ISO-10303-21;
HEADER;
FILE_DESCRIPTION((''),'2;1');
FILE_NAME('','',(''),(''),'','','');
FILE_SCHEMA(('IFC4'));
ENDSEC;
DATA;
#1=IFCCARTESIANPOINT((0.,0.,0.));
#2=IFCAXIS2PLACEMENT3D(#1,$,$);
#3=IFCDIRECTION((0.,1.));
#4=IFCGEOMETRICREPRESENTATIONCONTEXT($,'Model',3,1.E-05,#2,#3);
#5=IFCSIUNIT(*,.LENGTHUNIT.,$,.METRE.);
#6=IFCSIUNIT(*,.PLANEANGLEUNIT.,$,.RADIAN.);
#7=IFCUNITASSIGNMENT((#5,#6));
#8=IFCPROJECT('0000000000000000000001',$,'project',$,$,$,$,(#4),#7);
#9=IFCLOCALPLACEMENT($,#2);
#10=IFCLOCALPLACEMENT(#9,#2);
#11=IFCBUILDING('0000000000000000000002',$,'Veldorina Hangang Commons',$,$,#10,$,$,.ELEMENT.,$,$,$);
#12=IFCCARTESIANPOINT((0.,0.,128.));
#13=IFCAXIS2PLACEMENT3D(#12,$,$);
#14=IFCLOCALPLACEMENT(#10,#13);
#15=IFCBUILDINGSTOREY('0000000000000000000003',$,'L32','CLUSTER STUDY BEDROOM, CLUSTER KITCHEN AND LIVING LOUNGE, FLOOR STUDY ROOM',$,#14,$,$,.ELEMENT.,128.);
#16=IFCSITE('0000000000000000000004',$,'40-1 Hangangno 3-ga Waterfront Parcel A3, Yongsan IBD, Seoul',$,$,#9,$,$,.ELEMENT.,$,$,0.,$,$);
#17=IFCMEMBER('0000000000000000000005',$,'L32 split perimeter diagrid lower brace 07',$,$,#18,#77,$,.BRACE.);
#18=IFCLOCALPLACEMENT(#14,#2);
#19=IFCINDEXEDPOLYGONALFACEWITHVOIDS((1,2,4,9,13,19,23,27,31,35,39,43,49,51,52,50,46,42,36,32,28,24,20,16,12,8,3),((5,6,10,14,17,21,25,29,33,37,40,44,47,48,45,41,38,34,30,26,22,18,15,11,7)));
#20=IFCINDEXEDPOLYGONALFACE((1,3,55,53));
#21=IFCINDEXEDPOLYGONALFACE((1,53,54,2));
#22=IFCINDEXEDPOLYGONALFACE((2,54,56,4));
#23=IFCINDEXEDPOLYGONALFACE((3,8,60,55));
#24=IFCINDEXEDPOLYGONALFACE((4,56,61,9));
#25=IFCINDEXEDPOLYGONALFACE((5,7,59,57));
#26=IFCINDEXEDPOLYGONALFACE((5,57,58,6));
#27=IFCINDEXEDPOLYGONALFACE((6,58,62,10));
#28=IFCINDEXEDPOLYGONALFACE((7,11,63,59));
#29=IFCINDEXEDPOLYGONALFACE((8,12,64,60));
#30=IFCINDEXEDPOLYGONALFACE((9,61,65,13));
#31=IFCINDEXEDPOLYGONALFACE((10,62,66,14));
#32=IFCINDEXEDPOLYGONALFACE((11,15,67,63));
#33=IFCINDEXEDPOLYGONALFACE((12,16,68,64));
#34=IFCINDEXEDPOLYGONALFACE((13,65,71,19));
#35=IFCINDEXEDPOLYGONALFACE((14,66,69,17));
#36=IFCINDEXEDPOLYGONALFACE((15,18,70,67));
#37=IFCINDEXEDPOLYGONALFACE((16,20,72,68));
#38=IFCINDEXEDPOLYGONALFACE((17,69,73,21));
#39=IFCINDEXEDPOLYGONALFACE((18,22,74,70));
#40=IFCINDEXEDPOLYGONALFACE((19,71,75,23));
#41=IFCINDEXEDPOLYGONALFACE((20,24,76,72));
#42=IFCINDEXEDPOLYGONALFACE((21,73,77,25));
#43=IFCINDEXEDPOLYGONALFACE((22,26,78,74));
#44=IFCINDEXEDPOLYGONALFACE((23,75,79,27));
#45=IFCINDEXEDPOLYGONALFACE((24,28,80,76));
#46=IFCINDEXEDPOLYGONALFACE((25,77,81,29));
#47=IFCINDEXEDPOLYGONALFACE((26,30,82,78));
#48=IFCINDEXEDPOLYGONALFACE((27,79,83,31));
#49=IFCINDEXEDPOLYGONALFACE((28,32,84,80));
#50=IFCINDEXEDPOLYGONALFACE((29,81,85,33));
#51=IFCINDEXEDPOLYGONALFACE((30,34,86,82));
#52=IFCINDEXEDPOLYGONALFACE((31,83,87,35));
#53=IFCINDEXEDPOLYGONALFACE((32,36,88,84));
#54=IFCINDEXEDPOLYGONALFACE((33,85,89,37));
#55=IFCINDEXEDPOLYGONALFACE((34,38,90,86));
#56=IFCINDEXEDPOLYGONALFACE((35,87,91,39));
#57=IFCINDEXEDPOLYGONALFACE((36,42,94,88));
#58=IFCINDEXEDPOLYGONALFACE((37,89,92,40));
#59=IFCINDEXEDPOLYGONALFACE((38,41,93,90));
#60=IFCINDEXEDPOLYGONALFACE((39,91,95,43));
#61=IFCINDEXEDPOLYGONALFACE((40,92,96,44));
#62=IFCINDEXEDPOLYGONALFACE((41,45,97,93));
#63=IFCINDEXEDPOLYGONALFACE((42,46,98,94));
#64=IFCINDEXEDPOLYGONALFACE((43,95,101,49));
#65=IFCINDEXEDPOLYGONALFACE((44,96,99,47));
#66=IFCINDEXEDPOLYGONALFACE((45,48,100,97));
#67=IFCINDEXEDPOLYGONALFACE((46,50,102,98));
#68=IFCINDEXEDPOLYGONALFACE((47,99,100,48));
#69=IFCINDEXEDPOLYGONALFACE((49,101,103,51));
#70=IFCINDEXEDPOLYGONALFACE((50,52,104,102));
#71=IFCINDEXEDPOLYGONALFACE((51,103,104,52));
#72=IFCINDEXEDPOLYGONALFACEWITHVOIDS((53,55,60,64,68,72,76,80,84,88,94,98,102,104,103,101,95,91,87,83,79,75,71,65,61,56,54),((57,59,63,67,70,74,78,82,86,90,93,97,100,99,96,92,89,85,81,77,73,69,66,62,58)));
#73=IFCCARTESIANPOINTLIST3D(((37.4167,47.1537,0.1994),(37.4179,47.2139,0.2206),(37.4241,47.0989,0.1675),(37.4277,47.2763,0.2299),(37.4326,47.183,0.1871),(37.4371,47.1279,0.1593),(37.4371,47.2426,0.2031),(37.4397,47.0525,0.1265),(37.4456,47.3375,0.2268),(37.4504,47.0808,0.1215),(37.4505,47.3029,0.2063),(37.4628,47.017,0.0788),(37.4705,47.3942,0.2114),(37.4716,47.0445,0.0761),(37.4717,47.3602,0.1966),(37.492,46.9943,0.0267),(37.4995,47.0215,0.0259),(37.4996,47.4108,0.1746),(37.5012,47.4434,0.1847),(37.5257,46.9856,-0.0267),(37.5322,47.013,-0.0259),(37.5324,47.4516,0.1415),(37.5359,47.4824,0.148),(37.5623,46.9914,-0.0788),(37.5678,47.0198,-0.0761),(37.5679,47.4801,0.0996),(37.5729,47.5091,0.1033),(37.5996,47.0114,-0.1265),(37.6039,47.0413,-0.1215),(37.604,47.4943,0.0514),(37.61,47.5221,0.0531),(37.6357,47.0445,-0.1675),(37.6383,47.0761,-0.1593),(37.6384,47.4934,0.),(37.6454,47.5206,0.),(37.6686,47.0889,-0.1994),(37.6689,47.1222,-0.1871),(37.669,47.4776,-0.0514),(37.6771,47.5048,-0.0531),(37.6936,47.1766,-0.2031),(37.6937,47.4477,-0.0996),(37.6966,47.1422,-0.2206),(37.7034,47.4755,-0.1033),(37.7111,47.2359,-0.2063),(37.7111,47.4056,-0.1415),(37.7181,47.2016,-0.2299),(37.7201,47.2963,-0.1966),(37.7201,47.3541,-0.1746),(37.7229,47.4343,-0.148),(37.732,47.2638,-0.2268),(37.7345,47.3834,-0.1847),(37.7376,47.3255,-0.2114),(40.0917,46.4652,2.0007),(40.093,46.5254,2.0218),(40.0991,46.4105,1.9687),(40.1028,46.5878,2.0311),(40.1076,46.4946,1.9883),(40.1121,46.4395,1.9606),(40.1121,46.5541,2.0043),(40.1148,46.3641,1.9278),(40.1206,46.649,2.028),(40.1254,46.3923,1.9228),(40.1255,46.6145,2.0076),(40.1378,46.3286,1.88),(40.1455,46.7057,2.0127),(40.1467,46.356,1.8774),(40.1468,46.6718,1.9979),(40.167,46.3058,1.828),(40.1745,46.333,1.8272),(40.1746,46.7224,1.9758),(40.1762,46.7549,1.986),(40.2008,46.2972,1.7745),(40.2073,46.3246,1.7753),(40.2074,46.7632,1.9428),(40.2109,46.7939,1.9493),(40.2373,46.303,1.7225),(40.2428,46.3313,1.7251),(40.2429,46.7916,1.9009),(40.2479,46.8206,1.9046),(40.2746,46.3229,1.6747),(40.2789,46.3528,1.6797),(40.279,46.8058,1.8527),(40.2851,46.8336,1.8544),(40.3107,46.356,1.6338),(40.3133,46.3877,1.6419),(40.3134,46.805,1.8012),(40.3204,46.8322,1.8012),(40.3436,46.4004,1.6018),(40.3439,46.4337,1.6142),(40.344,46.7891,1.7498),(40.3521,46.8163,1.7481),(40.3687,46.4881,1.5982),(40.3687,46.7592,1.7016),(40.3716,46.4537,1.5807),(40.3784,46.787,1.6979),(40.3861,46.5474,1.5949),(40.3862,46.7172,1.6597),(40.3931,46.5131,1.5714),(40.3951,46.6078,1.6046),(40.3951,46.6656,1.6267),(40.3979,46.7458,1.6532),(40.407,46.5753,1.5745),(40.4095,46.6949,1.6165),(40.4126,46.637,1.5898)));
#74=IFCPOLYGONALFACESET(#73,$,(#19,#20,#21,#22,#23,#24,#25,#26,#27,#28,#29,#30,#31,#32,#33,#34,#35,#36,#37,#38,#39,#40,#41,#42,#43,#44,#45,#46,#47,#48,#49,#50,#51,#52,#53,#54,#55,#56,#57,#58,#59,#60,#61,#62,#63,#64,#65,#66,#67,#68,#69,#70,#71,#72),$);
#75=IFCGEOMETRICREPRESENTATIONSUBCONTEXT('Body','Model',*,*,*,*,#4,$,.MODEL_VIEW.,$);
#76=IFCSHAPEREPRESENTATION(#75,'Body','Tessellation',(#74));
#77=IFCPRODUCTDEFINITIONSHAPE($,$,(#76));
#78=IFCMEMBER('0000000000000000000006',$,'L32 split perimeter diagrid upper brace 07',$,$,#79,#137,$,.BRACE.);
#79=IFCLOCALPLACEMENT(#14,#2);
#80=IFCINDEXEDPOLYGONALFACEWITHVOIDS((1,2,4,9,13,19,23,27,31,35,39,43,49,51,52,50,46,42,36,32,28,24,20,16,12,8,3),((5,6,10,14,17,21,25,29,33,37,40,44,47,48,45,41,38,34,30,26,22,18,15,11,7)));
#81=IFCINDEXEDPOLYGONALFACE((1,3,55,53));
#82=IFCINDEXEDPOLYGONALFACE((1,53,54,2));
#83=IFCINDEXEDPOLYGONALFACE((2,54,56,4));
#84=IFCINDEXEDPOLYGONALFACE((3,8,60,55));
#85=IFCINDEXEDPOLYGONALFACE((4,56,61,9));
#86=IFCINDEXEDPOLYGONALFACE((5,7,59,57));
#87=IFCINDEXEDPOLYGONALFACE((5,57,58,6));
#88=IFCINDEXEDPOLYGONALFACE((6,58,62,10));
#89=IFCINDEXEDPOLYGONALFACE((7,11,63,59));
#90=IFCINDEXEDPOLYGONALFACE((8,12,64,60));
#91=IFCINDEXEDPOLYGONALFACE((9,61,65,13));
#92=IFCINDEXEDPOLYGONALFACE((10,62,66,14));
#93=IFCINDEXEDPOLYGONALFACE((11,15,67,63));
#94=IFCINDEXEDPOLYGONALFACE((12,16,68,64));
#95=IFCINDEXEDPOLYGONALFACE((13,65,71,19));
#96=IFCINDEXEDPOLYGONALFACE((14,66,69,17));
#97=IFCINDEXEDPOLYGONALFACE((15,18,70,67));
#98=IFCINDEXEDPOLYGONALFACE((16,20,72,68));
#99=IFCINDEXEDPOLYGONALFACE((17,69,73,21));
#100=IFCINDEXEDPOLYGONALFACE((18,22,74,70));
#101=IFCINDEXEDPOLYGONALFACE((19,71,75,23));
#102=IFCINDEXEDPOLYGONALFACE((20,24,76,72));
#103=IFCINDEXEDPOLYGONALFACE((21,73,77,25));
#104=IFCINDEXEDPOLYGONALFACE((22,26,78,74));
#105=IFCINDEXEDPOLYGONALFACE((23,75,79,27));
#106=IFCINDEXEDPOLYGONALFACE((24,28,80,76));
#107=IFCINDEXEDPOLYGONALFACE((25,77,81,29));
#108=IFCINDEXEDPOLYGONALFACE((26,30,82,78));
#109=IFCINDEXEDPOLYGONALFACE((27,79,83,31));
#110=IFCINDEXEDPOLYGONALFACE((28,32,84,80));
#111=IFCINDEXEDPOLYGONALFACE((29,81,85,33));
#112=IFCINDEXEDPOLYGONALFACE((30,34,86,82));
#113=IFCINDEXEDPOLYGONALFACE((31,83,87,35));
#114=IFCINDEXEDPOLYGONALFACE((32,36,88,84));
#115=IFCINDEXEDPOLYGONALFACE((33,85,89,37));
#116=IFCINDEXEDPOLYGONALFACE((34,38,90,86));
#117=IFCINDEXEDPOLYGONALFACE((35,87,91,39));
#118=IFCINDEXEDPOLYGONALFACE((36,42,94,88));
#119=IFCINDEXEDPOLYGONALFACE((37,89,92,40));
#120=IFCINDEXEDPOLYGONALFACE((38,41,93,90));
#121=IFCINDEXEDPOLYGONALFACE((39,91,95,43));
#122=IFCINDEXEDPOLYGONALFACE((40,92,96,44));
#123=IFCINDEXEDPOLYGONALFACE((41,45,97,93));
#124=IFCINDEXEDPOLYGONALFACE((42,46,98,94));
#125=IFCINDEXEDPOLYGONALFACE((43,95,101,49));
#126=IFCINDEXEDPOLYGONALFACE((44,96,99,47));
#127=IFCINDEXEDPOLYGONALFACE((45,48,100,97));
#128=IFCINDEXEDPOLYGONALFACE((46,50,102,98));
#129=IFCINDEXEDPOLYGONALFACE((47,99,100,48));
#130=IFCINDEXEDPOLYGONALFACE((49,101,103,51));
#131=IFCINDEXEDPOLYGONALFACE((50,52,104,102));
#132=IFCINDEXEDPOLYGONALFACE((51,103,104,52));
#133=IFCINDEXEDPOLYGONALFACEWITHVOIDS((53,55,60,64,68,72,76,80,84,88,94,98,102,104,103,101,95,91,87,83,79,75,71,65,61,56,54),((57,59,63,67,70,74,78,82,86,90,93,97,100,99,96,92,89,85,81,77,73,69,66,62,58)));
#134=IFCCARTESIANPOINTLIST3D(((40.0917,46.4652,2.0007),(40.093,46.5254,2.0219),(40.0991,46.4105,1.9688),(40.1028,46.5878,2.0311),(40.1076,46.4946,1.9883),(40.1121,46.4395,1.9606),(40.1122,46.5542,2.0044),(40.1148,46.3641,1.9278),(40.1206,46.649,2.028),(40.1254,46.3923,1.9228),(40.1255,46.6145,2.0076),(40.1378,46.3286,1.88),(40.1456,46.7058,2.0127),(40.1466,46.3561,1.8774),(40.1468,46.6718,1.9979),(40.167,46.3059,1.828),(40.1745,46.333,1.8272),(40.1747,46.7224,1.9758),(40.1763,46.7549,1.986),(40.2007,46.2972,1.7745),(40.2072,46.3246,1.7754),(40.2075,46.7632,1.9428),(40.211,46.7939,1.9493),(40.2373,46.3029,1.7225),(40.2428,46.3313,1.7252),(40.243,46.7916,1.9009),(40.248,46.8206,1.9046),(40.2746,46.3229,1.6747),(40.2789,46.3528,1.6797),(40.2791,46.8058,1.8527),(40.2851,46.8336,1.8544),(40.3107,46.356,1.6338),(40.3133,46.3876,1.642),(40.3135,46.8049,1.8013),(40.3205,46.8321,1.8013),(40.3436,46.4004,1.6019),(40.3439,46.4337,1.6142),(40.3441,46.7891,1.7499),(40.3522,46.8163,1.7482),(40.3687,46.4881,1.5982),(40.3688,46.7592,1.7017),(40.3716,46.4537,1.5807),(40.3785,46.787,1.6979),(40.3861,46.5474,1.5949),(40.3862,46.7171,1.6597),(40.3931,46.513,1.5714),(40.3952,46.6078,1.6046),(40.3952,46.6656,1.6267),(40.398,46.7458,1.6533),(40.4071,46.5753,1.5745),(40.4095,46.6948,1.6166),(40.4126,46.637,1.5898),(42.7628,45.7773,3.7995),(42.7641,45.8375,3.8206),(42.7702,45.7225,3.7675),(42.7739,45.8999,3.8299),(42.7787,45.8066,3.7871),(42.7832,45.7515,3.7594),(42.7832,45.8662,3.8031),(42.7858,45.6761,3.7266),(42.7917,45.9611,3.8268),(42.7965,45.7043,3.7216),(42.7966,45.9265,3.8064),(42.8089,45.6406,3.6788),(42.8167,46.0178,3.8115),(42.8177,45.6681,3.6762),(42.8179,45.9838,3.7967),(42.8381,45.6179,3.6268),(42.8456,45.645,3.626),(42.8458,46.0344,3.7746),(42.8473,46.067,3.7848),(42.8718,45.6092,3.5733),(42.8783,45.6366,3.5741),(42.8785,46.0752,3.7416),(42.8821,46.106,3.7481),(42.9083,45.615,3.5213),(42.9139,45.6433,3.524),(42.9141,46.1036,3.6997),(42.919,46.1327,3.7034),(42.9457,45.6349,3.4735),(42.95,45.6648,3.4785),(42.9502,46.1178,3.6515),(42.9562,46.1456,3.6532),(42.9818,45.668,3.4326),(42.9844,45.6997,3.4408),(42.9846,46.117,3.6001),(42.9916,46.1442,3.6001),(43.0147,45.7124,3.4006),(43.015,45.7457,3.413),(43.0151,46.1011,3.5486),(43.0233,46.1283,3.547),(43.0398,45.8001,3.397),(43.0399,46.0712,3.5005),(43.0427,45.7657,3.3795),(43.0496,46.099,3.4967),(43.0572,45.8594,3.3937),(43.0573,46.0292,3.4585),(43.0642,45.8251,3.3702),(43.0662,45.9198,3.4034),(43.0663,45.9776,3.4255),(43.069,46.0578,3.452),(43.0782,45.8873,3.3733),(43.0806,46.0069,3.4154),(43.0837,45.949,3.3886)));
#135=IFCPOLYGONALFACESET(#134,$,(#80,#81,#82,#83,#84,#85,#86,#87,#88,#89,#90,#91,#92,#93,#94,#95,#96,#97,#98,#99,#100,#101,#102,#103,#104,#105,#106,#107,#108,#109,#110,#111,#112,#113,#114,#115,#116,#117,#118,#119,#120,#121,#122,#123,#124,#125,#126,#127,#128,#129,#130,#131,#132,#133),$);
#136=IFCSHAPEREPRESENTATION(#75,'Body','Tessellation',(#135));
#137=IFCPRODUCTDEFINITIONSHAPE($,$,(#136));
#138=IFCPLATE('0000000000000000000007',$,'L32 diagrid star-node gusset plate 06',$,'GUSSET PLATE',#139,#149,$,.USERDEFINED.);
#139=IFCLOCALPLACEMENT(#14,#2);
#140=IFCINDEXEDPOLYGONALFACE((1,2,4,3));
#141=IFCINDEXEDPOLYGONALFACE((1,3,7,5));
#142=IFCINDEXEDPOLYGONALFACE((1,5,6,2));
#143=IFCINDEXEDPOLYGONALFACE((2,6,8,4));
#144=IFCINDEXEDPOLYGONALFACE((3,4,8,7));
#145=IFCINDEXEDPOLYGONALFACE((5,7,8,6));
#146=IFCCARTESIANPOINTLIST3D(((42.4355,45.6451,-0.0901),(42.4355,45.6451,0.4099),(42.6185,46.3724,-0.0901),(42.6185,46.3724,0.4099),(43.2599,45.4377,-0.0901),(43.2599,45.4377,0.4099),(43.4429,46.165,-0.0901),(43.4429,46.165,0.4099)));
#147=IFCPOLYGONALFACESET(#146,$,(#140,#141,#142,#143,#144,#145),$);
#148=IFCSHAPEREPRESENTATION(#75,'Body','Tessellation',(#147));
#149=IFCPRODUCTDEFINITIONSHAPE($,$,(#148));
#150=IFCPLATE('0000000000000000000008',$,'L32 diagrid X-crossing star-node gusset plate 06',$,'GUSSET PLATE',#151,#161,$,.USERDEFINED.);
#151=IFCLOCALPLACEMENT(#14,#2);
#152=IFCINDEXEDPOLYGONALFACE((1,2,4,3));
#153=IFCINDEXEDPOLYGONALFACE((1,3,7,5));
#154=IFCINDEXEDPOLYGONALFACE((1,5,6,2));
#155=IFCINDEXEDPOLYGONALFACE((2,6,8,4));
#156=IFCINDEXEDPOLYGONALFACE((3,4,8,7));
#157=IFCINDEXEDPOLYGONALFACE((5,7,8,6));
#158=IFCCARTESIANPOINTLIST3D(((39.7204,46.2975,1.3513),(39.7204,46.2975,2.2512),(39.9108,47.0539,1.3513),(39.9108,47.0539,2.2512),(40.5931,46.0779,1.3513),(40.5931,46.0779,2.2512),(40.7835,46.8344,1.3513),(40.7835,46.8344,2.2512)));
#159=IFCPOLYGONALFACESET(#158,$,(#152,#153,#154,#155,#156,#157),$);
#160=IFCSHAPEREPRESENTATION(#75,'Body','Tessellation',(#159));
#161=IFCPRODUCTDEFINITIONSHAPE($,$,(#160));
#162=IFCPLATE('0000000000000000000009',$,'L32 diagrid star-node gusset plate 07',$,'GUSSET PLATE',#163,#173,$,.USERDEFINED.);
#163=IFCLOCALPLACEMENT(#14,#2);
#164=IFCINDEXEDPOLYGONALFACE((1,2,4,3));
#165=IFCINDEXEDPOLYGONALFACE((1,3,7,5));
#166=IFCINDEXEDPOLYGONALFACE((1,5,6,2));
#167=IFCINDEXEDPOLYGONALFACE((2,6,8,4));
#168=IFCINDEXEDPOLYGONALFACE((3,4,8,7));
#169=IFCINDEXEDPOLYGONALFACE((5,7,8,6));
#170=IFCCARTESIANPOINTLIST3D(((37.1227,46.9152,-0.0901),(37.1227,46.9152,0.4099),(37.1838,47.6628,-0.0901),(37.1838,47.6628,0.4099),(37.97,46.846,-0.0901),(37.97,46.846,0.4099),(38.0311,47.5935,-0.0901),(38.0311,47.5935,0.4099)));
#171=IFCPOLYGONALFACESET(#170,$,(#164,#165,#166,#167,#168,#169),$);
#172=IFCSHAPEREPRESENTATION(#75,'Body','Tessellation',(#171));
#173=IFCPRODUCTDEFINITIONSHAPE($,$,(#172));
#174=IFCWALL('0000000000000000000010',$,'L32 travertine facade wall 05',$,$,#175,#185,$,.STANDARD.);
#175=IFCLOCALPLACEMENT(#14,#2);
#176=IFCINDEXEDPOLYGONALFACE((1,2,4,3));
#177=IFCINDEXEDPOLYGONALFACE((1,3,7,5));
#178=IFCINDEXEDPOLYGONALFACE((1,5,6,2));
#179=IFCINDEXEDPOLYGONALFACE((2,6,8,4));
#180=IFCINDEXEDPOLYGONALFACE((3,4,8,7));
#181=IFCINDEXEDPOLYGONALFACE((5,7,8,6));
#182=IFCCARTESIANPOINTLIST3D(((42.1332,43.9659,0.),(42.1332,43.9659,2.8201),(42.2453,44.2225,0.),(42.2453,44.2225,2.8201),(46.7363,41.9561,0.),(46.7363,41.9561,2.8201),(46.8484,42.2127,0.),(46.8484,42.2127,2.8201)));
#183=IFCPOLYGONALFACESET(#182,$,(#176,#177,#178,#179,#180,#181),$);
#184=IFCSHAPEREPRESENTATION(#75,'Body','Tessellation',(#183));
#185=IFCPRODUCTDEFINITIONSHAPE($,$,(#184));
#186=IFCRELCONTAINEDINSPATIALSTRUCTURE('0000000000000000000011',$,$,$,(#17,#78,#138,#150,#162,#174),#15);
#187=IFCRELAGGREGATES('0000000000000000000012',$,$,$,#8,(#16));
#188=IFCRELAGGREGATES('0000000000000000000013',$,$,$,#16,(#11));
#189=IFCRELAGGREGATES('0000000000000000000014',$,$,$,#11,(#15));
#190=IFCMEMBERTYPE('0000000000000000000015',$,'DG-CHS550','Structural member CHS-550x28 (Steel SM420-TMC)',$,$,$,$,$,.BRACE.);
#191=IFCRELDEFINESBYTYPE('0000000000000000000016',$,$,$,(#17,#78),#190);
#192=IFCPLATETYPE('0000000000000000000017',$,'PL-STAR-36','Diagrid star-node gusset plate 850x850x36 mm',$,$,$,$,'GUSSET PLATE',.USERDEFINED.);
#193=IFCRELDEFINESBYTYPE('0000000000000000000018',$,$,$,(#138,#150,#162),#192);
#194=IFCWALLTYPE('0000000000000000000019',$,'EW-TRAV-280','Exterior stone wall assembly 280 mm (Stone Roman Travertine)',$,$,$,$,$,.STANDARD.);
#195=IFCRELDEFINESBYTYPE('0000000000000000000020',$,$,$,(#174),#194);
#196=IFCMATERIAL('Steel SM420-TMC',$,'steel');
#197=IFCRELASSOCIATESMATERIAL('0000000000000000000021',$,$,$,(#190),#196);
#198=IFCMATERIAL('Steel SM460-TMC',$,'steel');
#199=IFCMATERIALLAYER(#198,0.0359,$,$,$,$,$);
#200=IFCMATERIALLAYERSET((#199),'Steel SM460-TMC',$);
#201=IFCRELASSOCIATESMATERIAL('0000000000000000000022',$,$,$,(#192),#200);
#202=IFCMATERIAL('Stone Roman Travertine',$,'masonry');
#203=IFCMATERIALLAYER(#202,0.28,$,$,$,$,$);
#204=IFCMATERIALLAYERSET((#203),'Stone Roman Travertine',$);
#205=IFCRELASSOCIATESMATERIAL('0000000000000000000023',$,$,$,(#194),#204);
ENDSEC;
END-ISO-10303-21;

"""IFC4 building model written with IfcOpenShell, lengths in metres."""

from ifc_helpers import new_model, si_unit, direction, frame, frame_2d, origin, origin_2d, place, context, subcontext, project, spatial, rectangle, hollow_circle, extrude, material, layer, layer_set, material_profile, profile_set, type_object, element, save


model = new_model("IFC4")

# Units and contexts
model_context = context("Model", 3, precision=1e-05, world=origin(), true_north=direction((0.0, 1.0)))
body_context = subcontext(model_context, "Body", "Model", "MODEL_VIEW")
ifc_project = project(units=[si_unit("LENGTHUNIT", "METRE"), si_unit("PLANEANGLEUNIT", "RADIAN")], contexts=[model_context])

# Site, building, storey
site_placement = place(None, origin())
site = spatial("IfcSite", under=ifc_project, at=site_placement, Name="40-1 Hangangno 3-ga Waterfront Parcel A3, Yongsan IBD, Seoul", CompositionType="ELEMENT", RefElevation=0.0)
building_placement = place(site_placement, origin())
building = spatial("IfcBuilding", under=site, at=building_placement, Name="Veldorina Hangang Commons", CompositionType="ELEMENT")
storey_placement = place(building_placement, frame((0.0, 0.0, 128.0)))
storey = spatial("IfcBuildingStorey", under=building, at=storey_placement, Name="L32", Description="CLUSTER STUDY BEDROOM, CLUSTER KITCHEN AND LIVING LOUNGE, FLOOR STUDY ROOM", CompositionType="ELEMENT", Elevation=128.0)

# Shared definitions
ifc_material_1 = material(Name="Steel SM420-TMC", Category="steel")

# Members
ifc_material_profile_1 = material_profile(ifc_material_1, hollow_circle(Radius=0.2749, WallThickness=0.0281, at=origin_2d()), Name="CHS-550x28")
ifc_profile_set_1 = profile_set([ifc_material_profile_1], Name="Steel SM420-TMC")
member_type = type_object("IfcMemberType", Name="DG-CHS550", Description="Structural member CHS-550x28 (Steel SM420-TMC)", PredefinedType="BRACE", material=ifc_profile_set_1)
member_1_placement = place(storey_placement, frame((37.5769, 47.2544, 0.0), z_axis=(0.8112, -0.208778, 0.546229), x_axis=(0.249247, 0.96844, 0.0)))
element("IfcMember", 1, at=member_1_placement, inside=storey, type_object=member_type, Name="L32 split perimeter diagrid lower brace 07", PredefinedType="BRACE", context=body_context, shape_type="SweptSolid", body=[
    extrude(hollow_circle(Radius=0.2749, WallThickness=0.0281, at=origin_2d()), origin(), (0.0, 0.0, 1.0), 3.2976),
])
member_2_placement = place(storey_placement, frame((40.252, 46.5659, 1.8013), z_axis=(0.811148, -0.208922, 0.546252), x_axis=(0.249423, 0.968395, 0.0)))
element("IfcMember", 2, at=member_2_placement, inside=storey, type_object=member_type, Name="L32 split perimeter diagrid upper brace 07", PredefinedType="BRACE", context=body_context, shape_type="SweptSolid", body=[
    extrude(hollow_circle(Radius=0.2749, WallThickness=0.0281, at=origin_2d()), origin(), (0.0, 0.0, 1.0), 3.293),
])

# Plates
ifc_material_2 = material(Name="Steel SM460-TMC", Category="steel")
ifc_layer_1 = layer(ifc_material_2, 0.0359)
ifc_layer_set_1 = layer_set([ifc_layer_1], Name="Steel SM460-TMC")
plate_type = type_object("IfcPlateType", Name="PL-STAR-36", Description="Diagrid star-node gusset plate 850x850x36 mm", ElementType="GUSSET PLATE", PredefinedType="USERDEFINED", material=ifc_layer_set_1)
plate_1_placement = place(storey_placement, frame((42.9392, 45.905, -0.0901), z_axis=(0.0, 0.0, 1.0), x_axis=(-0.969774, 0.244004, 0.0)))
element("IfcPlate", 3, at=plate_1_placement, inside=storey, type_object=plate_type, Name="L32 diagrid star-node gusset plate 06", ObjectType="GUSSET PLATE", PredefinedType="USERDEFINED", context=body_context, shape_type="SweptSolid", body=[
    extrude(rectangle(XDim=0.8501, YDim=0.75, at=origin_2d()), origin(), (0.0, 0.0, 1.0), 0.5),
])
plate_2_placement = place(storey_placement, frame((40.252, 46.5659, 1.3513), z_axis=(0.0, 0.0, 1.0), x_axis=(-0.969774, 0.244004, 0.0)))
element("IfcPlate", 4, at=plate_2_placement, inside=storey, type_object=plate_type, Name="L32 diagrid X-crossing star-node gusset plate 06", ObjectType="GUSSET PLATE", PredefinedType="USERDEFINED", context=body_context, shape_type="SweptSolid", body=[
    extrude(rectangle(XDim=0.8999, YDim=0.78, at=origin_2d()), origin(), (0.0, 0.0, 1.0), 0.8999),
])
plate_3_placement = place(storey_placement, frame((37.5769, 47.2544, -0.0901), z_axis=(0.0, 0.0, 1.0), x_axis=(-0.99668, 0.081417, 0.0)))
element("IfcPlate", 5, at=plate_3_placement, inside=storey, type_object=plate_type, Name="L32 diagrid star-node gusset plate 07", ObjectType="GUSSET PLATE", PredefinedType="USERDEFINED", context=body_context, shape_type="SweptSolid", body=[
    extrude(rectangle(XDim=0.8501, YDim=0.75, at=origin_2d()), origin(), (0.0, 0.0, 1.0), 0.5),
])

# Wall
ifc_material_3 = material(Name="Stone Roman Travertine", Category="masonry")
ifc_layer_2 = layer(ifc_material_3, 0.28)
ifc_layer_set_2 = layer_set([ifc_layer_2], Name="Stone Roman Travertine")
wall_type_1 = type_object("IfcWallType", Name="EW-TRAV-280", Description="Exterior stone wall assembly 280 mm (Stone Roman Travertine)", PredefinedType="STANDARD", material=ifc_layer_set_2)
wall_1_placement = place(storey_placement, frame((46.7922, 42.0845, 0.0), z_axis=(0.0, 0.0, 1.0), x_axis=(-0.916454, 0.40014, 0.0)))
element("IfcWall", 6, at=wall_1_placement, inside=storey, type_object=wall_type_1, Name="L32 travertine facade wall 05", PredefinedType="STANDARD", context=body_context, shape_type="SweptSolid", body=[
    extrude(rectangle(XDim=5.0227, YDim=0.28, at=frame_2d((2.5112, 0.0))), origin(), (0.0, 0.0, 1.0), 2.8201),
])

save(model, "model.ifc")
